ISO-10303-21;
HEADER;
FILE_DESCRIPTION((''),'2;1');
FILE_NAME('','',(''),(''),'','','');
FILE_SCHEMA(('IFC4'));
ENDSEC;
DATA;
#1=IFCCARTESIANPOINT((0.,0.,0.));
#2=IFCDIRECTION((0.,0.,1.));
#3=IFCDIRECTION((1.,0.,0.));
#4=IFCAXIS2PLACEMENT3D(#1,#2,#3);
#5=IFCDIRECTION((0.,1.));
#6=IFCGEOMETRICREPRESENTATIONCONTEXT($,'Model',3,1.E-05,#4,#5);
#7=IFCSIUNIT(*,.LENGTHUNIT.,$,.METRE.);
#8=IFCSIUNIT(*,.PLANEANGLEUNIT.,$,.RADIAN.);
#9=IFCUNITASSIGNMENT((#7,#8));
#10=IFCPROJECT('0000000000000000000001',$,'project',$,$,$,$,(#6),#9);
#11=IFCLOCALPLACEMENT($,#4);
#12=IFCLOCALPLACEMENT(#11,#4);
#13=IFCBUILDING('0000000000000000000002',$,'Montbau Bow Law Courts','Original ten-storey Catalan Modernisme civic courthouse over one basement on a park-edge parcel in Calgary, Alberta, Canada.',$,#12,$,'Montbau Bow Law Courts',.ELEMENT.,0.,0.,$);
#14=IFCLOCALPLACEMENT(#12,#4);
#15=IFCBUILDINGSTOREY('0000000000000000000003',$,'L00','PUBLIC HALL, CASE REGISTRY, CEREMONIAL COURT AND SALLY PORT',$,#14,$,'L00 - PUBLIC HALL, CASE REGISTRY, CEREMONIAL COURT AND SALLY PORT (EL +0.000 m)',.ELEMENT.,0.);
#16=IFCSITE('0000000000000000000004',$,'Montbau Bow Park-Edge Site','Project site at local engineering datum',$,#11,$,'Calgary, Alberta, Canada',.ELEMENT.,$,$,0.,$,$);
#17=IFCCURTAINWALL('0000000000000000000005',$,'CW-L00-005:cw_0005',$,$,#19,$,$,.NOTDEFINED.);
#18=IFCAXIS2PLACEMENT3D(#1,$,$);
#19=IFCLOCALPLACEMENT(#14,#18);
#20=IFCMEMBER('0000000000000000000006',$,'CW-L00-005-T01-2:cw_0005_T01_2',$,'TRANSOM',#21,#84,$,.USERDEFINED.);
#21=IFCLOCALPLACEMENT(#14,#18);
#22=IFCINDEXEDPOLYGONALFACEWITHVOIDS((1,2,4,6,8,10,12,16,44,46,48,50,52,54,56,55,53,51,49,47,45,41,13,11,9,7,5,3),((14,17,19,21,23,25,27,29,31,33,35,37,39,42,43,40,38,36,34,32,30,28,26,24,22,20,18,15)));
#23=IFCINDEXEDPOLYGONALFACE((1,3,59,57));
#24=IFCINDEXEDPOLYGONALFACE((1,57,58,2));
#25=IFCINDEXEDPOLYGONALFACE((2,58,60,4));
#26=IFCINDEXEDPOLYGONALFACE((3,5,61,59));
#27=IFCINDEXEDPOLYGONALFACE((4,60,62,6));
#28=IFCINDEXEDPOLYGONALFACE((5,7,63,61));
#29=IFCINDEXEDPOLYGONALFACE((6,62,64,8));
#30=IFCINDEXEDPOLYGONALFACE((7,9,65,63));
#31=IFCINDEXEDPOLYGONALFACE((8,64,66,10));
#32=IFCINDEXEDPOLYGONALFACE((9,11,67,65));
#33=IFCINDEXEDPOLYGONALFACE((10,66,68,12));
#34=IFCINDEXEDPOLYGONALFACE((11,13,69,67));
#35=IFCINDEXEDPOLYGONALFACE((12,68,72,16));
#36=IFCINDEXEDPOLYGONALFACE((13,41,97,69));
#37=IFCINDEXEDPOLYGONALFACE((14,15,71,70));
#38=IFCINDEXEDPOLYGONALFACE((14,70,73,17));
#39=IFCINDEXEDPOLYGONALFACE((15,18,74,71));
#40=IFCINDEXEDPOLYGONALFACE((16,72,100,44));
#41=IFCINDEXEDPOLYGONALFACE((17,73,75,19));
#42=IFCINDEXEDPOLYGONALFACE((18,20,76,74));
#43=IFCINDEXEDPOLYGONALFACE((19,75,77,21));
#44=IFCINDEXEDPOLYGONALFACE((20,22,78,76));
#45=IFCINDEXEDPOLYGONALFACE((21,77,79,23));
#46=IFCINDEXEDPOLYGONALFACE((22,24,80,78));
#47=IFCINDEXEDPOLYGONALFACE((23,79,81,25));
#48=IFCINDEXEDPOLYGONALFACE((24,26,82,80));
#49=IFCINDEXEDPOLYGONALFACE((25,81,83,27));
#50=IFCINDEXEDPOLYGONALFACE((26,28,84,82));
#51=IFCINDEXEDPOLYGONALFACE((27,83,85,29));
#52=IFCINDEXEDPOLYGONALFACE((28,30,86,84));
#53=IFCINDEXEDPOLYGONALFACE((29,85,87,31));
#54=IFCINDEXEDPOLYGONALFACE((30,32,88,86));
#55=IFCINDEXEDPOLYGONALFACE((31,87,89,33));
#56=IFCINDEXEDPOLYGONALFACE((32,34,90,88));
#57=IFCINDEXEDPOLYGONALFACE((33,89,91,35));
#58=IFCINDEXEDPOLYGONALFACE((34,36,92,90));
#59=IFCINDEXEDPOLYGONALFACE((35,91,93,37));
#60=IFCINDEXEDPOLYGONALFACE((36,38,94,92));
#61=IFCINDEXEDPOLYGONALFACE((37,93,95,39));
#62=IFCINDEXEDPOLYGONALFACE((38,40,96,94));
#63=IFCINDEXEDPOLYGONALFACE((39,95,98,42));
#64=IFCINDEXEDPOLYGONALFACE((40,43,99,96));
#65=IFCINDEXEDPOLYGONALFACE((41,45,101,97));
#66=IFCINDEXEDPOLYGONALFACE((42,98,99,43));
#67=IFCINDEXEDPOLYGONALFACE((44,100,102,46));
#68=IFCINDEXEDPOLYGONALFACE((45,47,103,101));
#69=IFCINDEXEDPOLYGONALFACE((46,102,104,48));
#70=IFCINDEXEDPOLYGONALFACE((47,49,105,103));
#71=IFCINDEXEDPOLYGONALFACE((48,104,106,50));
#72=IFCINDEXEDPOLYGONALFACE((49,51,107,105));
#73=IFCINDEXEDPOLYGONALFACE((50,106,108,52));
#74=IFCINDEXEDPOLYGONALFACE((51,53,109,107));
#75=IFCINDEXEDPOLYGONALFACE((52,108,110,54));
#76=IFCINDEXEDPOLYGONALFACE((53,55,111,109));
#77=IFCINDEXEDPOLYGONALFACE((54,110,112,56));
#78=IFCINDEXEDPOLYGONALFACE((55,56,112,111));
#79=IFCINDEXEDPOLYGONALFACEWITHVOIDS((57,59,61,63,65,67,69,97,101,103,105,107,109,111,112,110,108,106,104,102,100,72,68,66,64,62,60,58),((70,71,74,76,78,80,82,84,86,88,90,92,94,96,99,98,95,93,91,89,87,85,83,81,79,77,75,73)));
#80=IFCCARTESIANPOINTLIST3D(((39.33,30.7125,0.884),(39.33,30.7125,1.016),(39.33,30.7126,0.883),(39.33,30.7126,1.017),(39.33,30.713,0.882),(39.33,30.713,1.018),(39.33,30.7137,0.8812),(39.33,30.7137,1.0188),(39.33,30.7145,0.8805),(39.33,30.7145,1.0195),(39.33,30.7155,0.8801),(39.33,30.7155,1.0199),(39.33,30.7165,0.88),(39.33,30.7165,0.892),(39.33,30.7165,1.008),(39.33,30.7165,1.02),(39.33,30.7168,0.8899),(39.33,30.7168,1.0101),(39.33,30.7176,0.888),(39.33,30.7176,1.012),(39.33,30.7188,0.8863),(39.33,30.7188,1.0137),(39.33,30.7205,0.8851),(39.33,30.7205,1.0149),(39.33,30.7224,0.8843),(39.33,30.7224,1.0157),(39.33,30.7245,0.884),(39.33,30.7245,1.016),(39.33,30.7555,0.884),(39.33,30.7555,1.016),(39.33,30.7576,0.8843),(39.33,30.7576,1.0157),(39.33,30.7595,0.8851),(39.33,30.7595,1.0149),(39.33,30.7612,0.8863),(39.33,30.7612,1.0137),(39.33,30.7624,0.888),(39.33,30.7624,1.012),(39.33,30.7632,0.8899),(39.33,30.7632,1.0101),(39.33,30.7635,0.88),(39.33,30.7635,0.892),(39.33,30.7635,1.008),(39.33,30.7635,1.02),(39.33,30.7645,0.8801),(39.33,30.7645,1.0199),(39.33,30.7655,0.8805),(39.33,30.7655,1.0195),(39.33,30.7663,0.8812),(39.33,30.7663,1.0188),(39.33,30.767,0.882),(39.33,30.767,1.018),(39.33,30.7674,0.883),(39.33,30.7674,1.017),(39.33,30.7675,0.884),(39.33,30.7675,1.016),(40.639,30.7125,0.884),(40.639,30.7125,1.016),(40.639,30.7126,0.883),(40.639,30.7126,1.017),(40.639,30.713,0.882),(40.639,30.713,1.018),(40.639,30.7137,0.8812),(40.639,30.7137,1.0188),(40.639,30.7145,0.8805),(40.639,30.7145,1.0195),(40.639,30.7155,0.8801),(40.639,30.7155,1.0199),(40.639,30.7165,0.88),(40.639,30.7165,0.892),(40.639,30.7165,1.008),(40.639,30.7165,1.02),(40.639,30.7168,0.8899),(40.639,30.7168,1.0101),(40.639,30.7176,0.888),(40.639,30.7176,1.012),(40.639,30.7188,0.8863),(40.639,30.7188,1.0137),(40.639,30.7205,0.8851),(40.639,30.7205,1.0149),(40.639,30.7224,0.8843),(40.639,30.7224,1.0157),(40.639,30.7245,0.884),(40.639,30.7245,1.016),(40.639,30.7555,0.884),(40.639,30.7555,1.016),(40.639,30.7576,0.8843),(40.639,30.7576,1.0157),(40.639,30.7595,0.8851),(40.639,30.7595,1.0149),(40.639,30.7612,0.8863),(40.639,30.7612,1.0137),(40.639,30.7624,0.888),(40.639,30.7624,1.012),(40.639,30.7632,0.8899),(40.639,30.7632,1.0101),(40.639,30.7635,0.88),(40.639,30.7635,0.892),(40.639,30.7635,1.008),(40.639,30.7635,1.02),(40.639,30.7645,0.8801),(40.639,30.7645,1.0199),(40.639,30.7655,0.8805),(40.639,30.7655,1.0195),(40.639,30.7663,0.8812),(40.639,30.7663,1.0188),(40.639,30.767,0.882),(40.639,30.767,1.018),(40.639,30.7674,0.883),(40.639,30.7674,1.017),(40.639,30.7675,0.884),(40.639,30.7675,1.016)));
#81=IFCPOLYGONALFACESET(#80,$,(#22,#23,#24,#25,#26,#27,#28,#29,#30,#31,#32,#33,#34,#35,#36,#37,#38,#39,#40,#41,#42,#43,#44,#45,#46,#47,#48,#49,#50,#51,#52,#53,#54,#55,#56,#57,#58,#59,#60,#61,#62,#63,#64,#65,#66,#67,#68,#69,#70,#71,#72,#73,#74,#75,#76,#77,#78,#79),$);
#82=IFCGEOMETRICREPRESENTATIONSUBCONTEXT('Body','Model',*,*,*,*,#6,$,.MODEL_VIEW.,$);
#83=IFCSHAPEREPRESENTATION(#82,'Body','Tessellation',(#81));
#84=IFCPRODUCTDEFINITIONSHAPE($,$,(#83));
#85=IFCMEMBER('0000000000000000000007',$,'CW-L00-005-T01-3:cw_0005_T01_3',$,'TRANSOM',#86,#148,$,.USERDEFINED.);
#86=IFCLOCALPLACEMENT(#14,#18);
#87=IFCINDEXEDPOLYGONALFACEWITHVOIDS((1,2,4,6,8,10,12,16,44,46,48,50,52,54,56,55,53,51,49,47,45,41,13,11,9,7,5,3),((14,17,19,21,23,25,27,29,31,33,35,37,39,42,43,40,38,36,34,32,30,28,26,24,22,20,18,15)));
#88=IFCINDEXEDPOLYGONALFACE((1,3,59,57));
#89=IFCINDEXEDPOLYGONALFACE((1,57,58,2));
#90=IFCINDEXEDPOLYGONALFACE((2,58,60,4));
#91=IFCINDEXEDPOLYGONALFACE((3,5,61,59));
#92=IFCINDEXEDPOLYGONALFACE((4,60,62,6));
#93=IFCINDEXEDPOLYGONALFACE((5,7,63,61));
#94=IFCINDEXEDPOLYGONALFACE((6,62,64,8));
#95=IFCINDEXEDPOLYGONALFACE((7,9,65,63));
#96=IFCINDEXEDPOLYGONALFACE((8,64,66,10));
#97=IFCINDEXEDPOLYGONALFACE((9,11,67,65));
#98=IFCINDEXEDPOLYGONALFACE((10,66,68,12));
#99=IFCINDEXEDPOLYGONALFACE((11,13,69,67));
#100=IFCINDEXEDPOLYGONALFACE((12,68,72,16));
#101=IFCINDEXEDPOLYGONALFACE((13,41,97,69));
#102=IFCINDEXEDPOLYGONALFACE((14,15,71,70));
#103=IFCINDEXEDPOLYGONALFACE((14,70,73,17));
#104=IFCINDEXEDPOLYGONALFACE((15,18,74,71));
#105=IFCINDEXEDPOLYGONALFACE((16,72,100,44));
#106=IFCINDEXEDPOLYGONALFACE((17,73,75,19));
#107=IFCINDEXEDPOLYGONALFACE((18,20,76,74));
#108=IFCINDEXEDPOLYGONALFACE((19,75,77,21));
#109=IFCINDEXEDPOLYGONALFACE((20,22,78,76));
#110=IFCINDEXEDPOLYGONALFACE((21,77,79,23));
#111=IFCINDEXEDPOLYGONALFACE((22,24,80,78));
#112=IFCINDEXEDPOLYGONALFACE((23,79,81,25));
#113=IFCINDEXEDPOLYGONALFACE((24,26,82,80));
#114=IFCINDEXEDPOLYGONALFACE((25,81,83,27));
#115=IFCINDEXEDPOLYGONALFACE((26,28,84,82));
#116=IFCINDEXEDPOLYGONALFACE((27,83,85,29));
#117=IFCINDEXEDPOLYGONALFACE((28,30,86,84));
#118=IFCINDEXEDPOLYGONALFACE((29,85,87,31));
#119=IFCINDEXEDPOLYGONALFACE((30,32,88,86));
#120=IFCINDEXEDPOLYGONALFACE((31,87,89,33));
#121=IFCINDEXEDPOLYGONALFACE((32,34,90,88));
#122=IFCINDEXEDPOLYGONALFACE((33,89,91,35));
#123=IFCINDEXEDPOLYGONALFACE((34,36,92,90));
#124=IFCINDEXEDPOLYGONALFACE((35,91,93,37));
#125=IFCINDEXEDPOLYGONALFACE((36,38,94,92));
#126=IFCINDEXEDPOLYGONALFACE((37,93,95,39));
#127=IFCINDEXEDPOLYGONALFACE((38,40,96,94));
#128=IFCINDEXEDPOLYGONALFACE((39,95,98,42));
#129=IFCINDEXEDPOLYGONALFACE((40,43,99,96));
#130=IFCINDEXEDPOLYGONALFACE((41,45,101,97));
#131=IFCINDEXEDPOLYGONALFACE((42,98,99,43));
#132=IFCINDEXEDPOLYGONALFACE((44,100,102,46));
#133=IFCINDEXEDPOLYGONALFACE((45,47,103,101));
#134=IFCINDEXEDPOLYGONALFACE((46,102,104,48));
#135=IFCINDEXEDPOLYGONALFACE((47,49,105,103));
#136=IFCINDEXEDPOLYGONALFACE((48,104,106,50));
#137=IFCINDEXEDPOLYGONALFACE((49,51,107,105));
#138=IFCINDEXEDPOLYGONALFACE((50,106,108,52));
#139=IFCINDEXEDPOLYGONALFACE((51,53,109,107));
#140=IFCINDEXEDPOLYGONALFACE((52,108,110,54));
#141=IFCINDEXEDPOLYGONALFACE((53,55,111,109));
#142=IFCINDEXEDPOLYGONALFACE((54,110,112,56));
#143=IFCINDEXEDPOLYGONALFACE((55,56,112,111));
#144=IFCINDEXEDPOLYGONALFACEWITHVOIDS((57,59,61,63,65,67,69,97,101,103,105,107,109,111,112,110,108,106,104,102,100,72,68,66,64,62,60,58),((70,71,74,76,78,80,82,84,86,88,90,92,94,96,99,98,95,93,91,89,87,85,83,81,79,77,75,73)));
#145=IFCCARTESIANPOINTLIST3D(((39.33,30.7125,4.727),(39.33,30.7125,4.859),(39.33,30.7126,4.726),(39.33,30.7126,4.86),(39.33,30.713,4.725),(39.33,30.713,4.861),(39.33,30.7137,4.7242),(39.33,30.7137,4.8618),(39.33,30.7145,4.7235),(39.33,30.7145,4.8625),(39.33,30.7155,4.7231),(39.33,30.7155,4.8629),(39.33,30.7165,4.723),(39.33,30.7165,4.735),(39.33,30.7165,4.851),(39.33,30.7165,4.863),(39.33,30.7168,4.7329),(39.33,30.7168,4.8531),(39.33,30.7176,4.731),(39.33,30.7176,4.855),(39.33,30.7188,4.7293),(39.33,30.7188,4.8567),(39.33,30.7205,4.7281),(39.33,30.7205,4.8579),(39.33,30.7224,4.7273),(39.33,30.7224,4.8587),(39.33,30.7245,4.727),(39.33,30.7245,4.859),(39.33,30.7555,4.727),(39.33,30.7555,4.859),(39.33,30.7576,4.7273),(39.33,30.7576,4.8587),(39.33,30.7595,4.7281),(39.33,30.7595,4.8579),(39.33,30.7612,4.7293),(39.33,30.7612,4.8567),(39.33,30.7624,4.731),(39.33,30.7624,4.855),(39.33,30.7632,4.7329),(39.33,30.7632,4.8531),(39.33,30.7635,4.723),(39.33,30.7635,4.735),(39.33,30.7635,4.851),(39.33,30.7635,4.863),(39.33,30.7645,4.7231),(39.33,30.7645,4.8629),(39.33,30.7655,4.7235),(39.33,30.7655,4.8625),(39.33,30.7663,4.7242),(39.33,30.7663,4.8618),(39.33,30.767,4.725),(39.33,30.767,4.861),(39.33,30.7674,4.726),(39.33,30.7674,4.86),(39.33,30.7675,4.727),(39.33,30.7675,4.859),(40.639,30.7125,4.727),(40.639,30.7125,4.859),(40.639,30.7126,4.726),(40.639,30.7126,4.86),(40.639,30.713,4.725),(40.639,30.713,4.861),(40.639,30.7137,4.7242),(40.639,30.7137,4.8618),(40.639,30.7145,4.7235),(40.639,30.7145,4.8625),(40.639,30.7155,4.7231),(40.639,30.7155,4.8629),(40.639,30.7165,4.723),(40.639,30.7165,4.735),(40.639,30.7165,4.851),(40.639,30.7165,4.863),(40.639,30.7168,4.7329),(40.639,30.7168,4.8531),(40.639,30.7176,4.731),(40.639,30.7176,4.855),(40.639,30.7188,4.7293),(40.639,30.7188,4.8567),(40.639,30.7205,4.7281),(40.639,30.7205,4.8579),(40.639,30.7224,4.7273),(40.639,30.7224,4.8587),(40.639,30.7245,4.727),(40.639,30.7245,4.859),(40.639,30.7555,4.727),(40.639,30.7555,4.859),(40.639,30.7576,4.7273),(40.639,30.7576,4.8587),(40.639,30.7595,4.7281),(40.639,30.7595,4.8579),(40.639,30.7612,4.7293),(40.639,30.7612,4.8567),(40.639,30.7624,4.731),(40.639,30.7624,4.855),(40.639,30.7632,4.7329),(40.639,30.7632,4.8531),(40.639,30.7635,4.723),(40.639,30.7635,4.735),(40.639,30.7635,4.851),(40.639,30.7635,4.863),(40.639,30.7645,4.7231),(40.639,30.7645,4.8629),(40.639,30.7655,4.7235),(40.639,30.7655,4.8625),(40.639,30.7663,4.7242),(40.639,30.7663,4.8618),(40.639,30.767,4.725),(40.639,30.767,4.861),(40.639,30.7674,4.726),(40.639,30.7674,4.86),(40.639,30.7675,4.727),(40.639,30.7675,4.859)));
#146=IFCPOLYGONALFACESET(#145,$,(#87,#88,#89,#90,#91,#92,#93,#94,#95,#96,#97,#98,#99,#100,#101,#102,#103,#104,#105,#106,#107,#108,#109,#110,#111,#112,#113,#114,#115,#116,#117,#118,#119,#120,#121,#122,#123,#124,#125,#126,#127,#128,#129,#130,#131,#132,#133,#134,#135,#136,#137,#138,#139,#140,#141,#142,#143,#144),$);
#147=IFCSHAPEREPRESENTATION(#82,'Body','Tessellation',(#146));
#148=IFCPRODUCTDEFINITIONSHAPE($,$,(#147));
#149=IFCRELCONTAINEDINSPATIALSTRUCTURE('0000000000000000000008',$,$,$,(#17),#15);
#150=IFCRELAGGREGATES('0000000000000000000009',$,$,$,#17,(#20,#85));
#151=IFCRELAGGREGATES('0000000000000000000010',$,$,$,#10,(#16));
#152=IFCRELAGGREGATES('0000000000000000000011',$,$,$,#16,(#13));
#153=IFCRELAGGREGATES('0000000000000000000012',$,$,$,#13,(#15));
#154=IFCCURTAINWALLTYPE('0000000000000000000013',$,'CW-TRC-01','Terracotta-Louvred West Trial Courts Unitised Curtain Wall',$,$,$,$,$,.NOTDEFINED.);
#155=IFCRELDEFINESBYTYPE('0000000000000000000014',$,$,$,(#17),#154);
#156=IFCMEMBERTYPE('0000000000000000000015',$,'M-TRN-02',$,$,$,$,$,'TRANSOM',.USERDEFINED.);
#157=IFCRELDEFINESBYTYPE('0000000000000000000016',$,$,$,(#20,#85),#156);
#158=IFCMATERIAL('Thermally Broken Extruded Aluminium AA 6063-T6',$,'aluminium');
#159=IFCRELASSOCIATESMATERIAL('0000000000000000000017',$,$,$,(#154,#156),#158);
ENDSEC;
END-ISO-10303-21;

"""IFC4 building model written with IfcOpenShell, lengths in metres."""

from ifc_helpers import new_model, si_unit, direction, frame, origin_with_axes, origin_2d_with_axis, place, context, subcontext, project, spatial, hollow_rectangle, extrude, material, material_profile, profile_set, type_object, element, aggregate, save


model = new_model("IFC4")

# Units and contexts
model_context = context("Model", 3, precision=1e-05, world=origin_with_axes(), true_north=direction((0.0, 1.0)))
body_context = subcontext(model_context, "Body", "Model", "MODEL_VIEW")
ifc_project = project(units=[si_unit("LENGTHUNIT", "METRE"), si_unit("PLANEANGLEUNIT", "RADIAN")], contexts=[model_context])

# Site, building, storey
site_placement = place(None, origin_with_axes())
site = spatial("IfcSite", under=ifc_project, at=site_placement, Name="Montbau Bow Park-Edge Site", Description="Project site at local engineering datum", LongName="Calgary, Alberta, Canada", CompositionType="ELEMENT", RefElevation=0.0)
building_placement = place(site_placement, origin_with_axes())
building = spatial("IfcBuilding", under=site, at=building_placement, Name="Montbau Bow Law Courts", Description="Original ten-storey Catalan Modernisme civic courthouse over one basement on a park-edge parcel in Calgary, Alberta, Canada.", LongName="Montbau Bow Law Courts", CompositionType="ELEMENT", ElevationOfRefHeight=0.0, ElevationOfTerrain=0.0)
storey_placement = place(building_placement, origin_with_axes())
storey = spatial("IfcBuildingStorey", under=building, at=storey_placement, Name="L00", Description="PUBLIC HALL, CASE REGISTRY, CEREMONIAL COURT AND SALLY PORT", LongName="L00 - PUBLIC HALL, CASE REGISTRY, CEREMONIAL COURT AND SALLY PORT (EL +0.000 m)", CompositionType="ELEMENT", Elevation=0.0)

# Shared definitions
ifc_material_1 = material(Name="Thermally Broken Extruded Aluminium AA 6063-T6", Category="aluminium")
curtain_wall_type = type_object("IfcCurtainWallType", Name="CW-TRC-01", Description="Terracotta-Louvred West Trial Courts Unitised Curtain Wall", PredefinedType="NOTDEFINED", material=ifc_material_1)

# Curtain wall
curtain_wall_1_placement = place(None, frame((39.268, 30.74, 0.0), z_axis=(0.0, 0.0, 1.0), x_axis=(1.0, 0.0, 0.0)))
curtain_wall_1 = element("IfcCurtainWall", 1, at=curtain_wall_1_placement, inside=storey, type_object=curtain_wall_type, Name="CW-L00-005:cw_0005", PredefinedType="NOTDEFINED")

# Members
ifc_material_profile_1 = material_profile(ifc_material_1, hollow_rectangle(XDim=0.055, YDim=0.14, WallThickness=0.004, InnerFilletRadius=0.008, OuterFilletRadius=0.004, at=origin_2d_with_axis()), Name="CWT-140X55", Category="Main", Priority=0)
ifc_profile_set_1 = profile_set([ifc_material_profile_1], Name="Thermally Broken Extruded Aluminium AA 6063-T6")
member_type_1 = type_object("IfcMemberType", Name="M-TRN-02", ElementType="TRANSOM", PredefinedType="USERDEFINED", material=ifc_profile_set_1)
member_1_placement = place(None, frame((39.33, 30.74, 0.95), z_axis=(1.0, 0.0, 0.0), x_axis=(0.0, 1.0, 0.0)))
member_1 = element("IfcMember", 2, at=member_1_placement, type_object=member_type_1, Name="CW-L00-005-T01-2:cw_0005_T01_2", ObjectType="TRANSOM", PredefinedType="USERDEFINED", context=body_context, shape_type="SweptSolid", body=[
    extrude(hollow_rectangle(XDim=0.055, YDim=0.14, WallThickness=0.004, InnerFilletRadius=0.008, OuterFilletRadius=0.004, at=origin_2d_with_axis()), origin_with_axes(), (0.0, 0.0, 1.0), 1.309),
])
member_2_placement = place(None, frame((39.33, 30.74, 4.793), z_axis=(1.0, 0.0, 0.0), x_axis=(0.0, 1.0, 0.0)))
member_2 = element("IfcMember", 3, at=member_2_placement, type_object=member_type_1, Name="CW-L00-005-T01-3:cw_0005_T01_3", ObjectType="TRANSOM", PredefinedType="USERDEFINED", context=body_context, shape_type="SweptSolid", body=[
    extrude(hollow_rectangle(XDim=0.055, YDim=0.14, WallThickness=0.004, InnerFilletRadius=0.008, OuterFilletRadius=0.004, at=origin_2d_with_axis()), origin_with_axes(), (0.0, 0.0, 1.0), 1.309),
])

aggregate(curtain_wall_1, [member_1, member_2])

save(model, "model.ifc")
